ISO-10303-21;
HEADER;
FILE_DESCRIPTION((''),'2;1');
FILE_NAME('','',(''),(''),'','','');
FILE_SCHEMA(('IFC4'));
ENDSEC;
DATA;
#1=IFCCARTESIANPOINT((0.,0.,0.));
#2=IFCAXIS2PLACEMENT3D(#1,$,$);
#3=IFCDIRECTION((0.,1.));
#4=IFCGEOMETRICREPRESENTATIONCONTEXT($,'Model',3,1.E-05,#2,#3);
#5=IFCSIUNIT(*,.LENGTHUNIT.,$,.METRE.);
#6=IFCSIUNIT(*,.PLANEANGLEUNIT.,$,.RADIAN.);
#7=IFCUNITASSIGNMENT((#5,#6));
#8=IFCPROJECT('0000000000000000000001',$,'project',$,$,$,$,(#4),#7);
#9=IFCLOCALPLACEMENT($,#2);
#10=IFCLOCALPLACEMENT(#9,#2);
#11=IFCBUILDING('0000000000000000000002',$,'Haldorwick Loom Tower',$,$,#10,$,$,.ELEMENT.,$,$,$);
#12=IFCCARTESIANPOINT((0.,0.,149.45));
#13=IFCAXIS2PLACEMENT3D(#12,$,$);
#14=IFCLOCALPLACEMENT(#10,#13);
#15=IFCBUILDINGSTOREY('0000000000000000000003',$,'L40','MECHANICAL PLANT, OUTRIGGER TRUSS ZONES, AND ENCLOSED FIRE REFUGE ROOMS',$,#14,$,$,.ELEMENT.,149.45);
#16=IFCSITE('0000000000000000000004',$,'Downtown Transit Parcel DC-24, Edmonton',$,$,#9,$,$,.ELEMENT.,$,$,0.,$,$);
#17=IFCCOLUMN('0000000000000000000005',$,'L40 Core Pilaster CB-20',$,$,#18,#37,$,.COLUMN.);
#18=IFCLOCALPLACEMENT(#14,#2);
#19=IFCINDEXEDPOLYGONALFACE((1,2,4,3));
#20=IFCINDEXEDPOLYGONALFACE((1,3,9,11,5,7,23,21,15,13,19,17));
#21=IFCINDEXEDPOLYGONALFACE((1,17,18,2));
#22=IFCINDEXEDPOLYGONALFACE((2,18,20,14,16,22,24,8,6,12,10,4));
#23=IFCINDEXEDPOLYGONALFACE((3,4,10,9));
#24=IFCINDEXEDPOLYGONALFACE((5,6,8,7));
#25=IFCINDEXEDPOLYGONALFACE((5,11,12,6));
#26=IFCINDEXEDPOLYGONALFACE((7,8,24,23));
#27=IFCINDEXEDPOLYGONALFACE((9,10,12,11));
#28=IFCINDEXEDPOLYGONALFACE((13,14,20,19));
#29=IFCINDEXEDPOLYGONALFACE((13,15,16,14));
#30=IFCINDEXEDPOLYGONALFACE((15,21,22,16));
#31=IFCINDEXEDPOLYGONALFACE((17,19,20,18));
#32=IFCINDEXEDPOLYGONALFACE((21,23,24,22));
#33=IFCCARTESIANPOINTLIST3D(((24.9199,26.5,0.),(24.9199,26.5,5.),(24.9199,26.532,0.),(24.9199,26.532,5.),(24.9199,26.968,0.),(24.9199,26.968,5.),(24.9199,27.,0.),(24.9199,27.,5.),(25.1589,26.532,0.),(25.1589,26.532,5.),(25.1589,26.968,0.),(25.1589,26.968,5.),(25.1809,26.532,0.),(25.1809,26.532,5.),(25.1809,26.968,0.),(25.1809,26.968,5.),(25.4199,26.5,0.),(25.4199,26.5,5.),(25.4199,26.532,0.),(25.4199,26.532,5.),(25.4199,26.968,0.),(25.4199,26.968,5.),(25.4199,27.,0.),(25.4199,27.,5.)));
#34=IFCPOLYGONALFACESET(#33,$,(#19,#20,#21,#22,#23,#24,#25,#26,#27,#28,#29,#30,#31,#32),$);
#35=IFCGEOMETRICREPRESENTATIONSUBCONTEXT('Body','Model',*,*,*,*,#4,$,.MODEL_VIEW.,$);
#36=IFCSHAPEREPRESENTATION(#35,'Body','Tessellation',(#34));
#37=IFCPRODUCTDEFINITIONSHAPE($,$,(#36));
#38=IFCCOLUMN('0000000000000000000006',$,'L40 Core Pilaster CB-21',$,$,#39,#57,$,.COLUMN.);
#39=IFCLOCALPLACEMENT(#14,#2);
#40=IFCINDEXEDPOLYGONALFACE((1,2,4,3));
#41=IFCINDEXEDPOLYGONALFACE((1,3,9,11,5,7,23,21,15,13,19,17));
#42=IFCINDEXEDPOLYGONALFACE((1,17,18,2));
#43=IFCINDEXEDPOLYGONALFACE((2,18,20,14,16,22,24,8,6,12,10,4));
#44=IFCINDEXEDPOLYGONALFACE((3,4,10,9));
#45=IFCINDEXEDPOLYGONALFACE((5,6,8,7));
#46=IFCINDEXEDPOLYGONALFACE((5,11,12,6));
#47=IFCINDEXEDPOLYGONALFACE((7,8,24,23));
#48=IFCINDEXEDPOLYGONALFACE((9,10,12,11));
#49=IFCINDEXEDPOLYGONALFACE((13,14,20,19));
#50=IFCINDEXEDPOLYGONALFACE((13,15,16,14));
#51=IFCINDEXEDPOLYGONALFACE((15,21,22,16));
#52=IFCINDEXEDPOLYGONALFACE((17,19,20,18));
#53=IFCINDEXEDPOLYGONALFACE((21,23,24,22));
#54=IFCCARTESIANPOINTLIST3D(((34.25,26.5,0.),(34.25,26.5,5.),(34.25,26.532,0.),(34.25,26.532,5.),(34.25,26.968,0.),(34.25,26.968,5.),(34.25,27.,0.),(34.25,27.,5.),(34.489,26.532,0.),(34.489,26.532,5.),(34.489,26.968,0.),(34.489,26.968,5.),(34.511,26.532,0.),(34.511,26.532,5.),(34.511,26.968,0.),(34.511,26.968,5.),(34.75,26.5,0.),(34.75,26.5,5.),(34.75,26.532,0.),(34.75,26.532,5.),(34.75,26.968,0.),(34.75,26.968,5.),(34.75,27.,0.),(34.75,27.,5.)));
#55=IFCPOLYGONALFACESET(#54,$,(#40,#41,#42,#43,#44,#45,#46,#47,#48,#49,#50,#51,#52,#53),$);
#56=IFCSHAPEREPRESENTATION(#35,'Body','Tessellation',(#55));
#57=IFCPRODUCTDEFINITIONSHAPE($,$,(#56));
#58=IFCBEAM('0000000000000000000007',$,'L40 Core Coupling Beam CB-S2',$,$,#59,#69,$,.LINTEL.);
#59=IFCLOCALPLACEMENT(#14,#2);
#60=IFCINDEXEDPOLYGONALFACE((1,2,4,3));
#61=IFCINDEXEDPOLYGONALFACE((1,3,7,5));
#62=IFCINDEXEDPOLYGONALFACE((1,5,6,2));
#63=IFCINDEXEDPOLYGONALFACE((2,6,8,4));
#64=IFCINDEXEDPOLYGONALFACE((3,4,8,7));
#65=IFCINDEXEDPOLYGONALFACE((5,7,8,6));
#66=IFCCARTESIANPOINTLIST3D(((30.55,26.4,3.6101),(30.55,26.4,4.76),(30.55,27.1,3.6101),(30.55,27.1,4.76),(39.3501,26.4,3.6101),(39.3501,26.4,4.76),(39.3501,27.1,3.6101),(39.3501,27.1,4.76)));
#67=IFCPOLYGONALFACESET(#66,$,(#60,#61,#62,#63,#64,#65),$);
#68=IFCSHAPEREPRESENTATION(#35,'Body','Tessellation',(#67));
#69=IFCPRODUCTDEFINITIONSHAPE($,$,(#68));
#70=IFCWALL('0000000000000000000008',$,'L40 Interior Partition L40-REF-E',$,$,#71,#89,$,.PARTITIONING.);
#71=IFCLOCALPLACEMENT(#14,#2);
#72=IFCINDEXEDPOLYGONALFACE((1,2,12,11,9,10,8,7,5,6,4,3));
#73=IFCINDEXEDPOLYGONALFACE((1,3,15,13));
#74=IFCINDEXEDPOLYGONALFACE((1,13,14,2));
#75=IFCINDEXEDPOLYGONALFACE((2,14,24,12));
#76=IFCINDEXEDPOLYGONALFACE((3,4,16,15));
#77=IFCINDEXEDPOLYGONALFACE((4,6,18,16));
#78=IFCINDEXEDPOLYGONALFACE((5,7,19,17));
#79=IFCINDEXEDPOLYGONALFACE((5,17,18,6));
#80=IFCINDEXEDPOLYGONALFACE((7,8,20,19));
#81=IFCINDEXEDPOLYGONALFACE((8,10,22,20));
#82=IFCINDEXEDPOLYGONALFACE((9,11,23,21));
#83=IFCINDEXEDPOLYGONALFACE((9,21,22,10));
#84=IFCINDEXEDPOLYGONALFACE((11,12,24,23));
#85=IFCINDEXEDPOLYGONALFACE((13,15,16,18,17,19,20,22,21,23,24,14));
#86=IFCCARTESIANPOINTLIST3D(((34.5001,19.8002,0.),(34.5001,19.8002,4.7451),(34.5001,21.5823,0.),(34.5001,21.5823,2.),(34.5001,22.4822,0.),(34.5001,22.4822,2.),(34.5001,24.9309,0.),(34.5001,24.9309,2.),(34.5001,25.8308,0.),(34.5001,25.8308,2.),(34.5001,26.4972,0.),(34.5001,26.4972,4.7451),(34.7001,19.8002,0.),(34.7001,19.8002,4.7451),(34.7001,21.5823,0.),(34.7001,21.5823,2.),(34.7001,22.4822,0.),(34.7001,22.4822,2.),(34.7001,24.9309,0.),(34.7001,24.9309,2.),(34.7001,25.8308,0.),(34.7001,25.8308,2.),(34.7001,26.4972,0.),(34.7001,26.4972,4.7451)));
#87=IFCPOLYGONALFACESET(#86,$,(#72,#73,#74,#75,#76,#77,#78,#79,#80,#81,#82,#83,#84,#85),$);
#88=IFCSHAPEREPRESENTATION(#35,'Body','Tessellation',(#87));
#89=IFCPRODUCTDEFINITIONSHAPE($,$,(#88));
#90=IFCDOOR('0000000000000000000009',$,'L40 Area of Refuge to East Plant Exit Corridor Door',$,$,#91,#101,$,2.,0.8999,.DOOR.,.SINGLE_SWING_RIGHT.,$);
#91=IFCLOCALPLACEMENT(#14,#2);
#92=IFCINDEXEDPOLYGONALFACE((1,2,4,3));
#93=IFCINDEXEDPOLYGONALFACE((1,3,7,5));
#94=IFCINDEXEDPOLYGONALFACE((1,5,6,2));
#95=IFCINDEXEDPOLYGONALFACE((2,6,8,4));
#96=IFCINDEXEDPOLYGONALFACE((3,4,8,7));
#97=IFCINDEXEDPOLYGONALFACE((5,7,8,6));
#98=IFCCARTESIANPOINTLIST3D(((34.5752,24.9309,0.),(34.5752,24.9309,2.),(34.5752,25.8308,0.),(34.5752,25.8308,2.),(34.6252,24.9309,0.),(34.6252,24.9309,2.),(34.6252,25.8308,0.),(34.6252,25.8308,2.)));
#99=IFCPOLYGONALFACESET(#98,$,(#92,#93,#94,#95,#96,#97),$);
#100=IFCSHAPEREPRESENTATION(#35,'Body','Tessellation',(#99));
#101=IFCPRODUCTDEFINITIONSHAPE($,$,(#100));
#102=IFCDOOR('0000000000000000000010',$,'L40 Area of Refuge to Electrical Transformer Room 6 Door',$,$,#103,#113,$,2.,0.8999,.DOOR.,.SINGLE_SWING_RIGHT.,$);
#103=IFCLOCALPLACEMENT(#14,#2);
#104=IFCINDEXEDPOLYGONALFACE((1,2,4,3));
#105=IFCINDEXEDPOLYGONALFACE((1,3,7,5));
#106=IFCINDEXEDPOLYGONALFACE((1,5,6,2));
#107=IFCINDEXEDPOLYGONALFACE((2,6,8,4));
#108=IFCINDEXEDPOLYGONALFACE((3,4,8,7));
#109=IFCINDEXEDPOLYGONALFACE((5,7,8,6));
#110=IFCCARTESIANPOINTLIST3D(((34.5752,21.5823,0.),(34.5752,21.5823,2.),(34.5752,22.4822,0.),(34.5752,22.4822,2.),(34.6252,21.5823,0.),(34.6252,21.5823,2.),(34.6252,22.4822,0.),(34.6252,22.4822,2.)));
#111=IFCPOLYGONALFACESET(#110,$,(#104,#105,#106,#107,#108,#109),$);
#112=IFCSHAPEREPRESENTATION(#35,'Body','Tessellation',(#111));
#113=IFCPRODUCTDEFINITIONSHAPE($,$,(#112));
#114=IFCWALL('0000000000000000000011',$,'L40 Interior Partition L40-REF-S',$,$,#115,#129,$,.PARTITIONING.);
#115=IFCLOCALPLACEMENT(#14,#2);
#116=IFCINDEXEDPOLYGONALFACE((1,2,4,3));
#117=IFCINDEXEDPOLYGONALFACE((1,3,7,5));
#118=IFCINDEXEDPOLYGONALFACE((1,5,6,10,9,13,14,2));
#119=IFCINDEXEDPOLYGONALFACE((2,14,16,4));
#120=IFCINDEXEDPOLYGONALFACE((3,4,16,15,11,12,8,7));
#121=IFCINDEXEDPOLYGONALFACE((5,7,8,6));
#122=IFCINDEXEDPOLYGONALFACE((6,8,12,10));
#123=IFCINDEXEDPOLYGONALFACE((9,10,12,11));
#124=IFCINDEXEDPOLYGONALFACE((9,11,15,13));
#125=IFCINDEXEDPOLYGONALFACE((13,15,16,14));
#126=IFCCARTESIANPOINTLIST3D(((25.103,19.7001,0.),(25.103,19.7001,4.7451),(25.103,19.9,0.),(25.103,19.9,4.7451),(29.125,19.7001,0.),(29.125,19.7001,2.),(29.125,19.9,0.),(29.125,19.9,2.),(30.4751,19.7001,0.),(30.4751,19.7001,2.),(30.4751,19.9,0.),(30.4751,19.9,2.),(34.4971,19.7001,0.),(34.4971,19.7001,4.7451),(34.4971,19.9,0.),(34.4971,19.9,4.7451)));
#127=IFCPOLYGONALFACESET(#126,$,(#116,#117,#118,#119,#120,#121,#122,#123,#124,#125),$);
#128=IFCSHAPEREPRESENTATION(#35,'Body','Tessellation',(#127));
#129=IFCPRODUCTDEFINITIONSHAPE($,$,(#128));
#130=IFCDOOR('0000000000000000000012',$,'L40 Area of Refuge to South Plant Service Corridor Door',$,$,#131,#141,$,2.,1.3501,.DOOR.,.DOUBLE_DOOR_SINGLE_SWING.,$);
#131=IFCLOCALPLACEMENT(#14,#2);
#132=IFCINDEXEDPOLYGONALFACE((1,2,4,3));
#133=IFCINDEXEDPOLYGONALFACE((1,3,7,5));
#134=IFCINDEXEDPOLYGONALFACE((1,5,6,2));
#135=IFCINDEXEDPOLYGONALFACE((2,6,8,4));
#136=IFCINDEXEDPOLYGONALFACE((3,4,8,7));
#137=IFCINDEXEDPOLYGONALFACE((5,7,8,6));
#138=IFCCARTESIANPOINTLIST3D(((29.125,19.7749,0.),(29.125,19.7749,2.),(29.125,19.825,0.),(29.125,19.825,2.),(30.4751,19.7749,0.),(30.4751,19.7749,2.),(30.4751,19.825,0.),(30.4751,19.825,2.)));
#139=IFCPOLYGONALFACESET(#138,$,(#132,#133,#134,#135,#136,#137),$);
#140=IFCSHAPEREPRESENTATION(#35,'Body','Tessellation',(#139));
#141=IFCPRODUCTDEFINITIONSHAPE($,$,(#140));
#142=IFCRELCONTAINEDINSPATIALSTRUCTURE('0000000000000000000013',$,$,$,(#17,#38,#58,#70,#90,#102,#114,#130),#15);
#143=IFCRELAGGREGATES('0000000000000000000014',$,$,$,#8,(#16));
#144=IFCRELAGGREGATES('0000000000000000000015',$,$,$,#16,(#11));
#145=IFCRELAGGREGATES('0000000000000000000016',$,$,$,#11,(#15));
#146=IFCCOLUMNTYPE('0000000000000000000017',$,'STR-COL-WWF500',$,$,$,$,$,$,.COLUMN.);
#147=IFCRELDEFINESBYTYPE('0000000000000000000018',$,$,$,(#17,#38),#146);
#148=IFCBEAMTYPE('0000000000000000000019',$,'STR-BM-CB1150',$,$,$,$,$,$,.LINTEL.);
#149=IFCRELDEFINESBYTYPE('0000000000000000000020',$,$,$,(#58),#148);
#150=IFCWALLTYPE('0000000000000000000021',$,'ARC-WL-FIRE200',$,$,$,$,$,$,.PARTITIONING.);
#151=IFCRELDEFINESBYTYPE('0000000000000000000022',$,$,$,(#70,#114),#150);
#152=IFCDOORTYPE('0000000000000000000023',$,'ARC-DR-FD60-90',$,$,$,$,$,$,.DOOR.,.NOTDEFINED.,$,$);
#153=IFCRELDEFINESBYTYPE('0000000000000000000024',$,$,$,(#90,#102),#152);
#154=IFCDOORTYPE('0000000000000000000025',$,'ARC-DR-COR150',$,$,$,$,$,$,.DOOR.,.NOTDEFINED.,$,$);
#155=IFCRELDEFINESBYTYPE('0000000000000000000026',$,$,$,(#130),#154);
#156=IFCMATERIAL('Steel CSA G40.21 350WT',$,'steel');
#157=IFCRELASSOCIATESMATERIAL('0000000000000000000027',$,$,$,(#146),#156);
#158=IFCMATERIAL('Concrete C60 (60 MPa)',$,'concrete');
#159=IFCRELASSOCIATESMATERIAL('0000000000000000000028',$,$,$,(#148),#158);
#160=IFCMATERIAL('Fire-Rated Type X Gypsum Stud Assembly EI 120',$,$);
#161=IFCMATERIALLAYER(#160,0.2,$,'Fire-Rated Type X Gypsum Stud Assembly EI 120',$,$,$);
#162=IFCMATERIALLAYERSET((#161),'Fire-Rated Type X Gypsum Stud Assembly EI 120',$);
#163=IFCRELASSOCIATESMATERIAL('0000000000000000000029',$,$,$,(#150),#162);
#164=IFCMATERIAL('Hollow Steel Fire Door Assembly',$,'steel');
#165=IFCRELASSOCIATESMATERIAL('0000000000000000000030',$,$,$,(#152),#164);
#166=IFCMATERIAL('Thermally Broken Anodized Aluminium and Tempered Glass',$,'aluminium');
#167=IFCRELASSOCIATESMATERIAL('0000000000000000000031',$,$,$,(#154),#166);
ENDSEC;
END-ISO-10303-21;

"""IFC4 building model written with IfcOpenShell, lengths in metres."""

from ifc_helpers import new_model, si_unit, direction, frame, frame_2d, origin, origin_2d, place, context, subcontext, project, spatial, rectangle, i_section, extrude, material, layer, layer_set, material_profile, profile_set, type_object, element, fill, save


model = new_model("IFC4")

# Units and contexts
model_context = context("Model", 3, precision=1e-05, world=origin(), true_north=direction((0.0, 1.0)))
body_context = subcontext(model_context, "Body", "Model", "MODEL_VIEW")
ifc_project = project(units=[si_unit("LENGTHUNIT", "METRE"), si_unit("PLANEANGLEUNIT", "RADIAN")], contexts=[model_context])

# Site, building, storey
site_placement = place(None, origin())
site = spatial("IfcSite", under=ifc_project, at=site_placement, Name="Downtown Transit Parcel DC-24, Edmonton", CompositionType="ELEMENT", RefElevation=0.0)
building_placement = place(site_placement, origin())
building = spatial("IfcBuilding", under=site, at=building_placement, Name="Haldorwick Loom Tower", CompositionType="ELEMENT")
storey_placement = place(building_placement, frame((0.0, 0.0, 149.45)))
storey = spatial("IfcBuildingStorey", under=building, at=storey_placement, Name="L40", Description="MECHANICAL PLANT, OUTRIGGER TRUSS ZONES, AND ENCLOSED FIRE REFUGE ROOMS", CompositionType="ELEMENT", Elevation=149.45)

# Columns
ifc_material_1 = material(Name="Steel CSA G40.21 350WT", Category="steel")
ifc_material_profile_1 = material_profile(ifc_material_1, i_section(OverallWidth=0.5, OverallDepth=0.5, WebThickness=0.022, FlangeThickness=0.032, at=origin_2d()), Name="WWF500X500", Category="steel")
ifc_profile_set_1 = profile_set([ifc_material_profile_1], Name="Steel CSA G40.21 350WT")
column_type = type_object("IfcColumnType", Name="STR-COL-WWF500", PredefinedType="COLUMN", material=ifc_profile_set_1)
for number, where, z_axis, x_axis, name in (
    (1, (25.1699, 26.75, 0.0), (0.0, 0.0, 1.0), (1.0, 0.0, 0.0), "L40 Core Pilaster CB-20"),
    (2, (34.5, 26.75, 0.0), (0.0, 0.0, 1.0), (1.0, 0.0, 0.0), "L40 Core Pilaster CB-21"),
):
    element("IfcColumn", number, at=place(storey_placement, frame(where, z_axis=z_axis, x_axis=x_axis)), inside=storey, type_object=column_type, Name=name, PredefinedType="COLUMN", context=body_context, shape_type="SweptSolid", body=[
        extrude(i_section(OverallWidth=0.5, OverallDepth=0.5, WebThickness=0.022, FlangeThickness=0.032, at=origin_2d()), origin(), (0.0, 0.0, 1.0), 5.0),
    ])

# Beam
ifc_material_2 = material(Name="Concrete C60 (60 MPa)", Category="concrete")
ifc_material_profile_2 = material_profile(ifc_material_2, rectangle(XDim=0.7, YDim=1.1499, at=origin_2d()), Name="RC700X1150", Category="concrete")
ifc_profile_set_2 = profile_set([ifc_material_profile_2], Name="Concrete C60 (60 MPa)")
beam_type = type_object("IfcBeamType", Name="STR-BM-CB1150", PredefinedType="LINTEL", material=ifc_profile_set_2)
beam_placement = place(storey_placement, frame((30.55, 26.75, 4.1851), z_axis=(1.0, 0.0, 0.0), x_axis=(0.0, 1.0, 0.0)))
element("IfcBeam", 3, at=beam_placement, inside=storey, type_object=beam_type, Name="L40 Core Coupling Beam CB-S2", PredefinedType="LINTEL", context=body_context, shape_type="SweptSolid", body=[
    extrude(rectangle(XDim=0.7, YDim=1.1499, at=origin_2d()), origin(), (0.0, 0.0, 1.0), 8.8),
])

# Wall, openings, doors
ifc_material_3 = material(Name="Fire-Rated Type X Gypsum Stud Assembly EI 120")
ifc_layer_1 = layer(ifc_material_3, 0.2, Name="Fire-Rated Type X Gypsum Stud Assembly EI 120")
ifc_layer_set_1 = layer_set([ifc_layer_1], Name="Fire-Rated Type X Gypsum Stud Assembly EI 120")
wall_type_1 = type_object("IfcWallType", Name="ARC-WL-FIRE200", PredefinedType="PARTITIONING", material=ifc_layer_set_1)
wall_1_placement = place(storey_placement, frame((34.6001, 19.8, 0.0), z_axis=(0.0, 0.0, 1.0), x_axis=(0.0, 1.0, 0.0)))
wall_1 = element("IfcWall", 4, at=wall_1_placement, inside=storey, type_object=wall_type_1, Name="L40 Interior Partition L40-REF-E", PredefinedType="PARTITIONING", context=body_context, shape_type="SweptSolid", body=[
    extrude(rectangle(XDim=6.697, YDim=0.2, at=frame_2d((3.3486, 0.0))), origin(), (0.0, 0.0, 1.0), 4.7451),
])
opening_1_placement = place(wall_1_placement, frame((5.1309, 0.0, 0.0)))
opening_1 = element("IfcOpeningElement", 5, at=opening_1_placement, cuts=wall_1, PredefinedType="OPENING", context=body_context, shape_type="SweptSolid", body=[
    extrude(rectangle(XDim=0.8999, YDim=2.0, at=frame_2d((0.45, 1.0))), frame((0.0, 0.1099, 0.0), z_axis=(0.0, -1.0, 0.0), x_axis=(1.0, 0.0, 0.0)), (0.0, 0.0, 1.0), 0.22),
])
opening_2_placement = place(wall_1_placement, frame((1.7822, 0.0, 0.0)))
opening_2 = element("IfcOpeningElement", 6, at=opening_2_placement, cuts=wall_1, PredefinedType="OPENING", context=body_context, shape_type="SweptSolid", body=[
    extrude(rectangle(XDim=0.8999, YDim=2.0, at=frame_2d((0.45, 1.0))), frame((0.0, 0.1099, 0.0), z_axis=(0.0, -1.0, 0.0), x_axis=(1.0, 0.0, 0.0)), (0.0, 0.0, 1.0), 0.22),
])
ifc_material_4 = material(Name="Hollow Steel Fire Door Assembly", Category="steel")
door_type_1 = type_object("IfcDoorType", Name="ARC-DR-FD60-90", OperationType="NOTDEFINED", PredefinedType="DOOR", material=ifc_material_4)
door_1_placement = place(opening_1_placement, origin())
door_1 = element("IfcDoor", 7, at=door_1_placement, inside=storey, type_object=door_type_1, Name="L40 Area of Refuge to East Plant Exit Corridor Door", OperationType="SINGLE_SWING_RIGHT", OverallHeight=2.0, OverallWidth=0.8999, PredefinedType="DOOR", context=body_context, shape_type="SweptSolid", body=[
    extrude(rectangle(XDim=0.8999, YDim=2.0, at=frame_2d((0.45, 1.0))), frame((0.0, 0.0249, 0.0), z_axis=(0.0, -1.0, 0.0), x_axis=(1.0, 0.0, 0.0)), (0.0, 0.0, 1.0), 0.05),
])
fill(opening_1, door_1)
door_2_placement = place(opening_2_placement, origin())
door_2 = element("IfcDoor", 8, at=door_2_placement, inside=storey, type_object=door_type_1, Name="L40 Area of Refuge to Electrical Transformer Room 6 Door", OperationType="SINGLE_SWING_RIGHT", OverallHeight=2.0, OverallWidth=0.8999, PredefinedType="DOOR", context=body_context, shape_type="SweptSolid", body=[
    extrude(rectangle(XDim=0.8999, YDim=2.0, at=frame_2d((0.45, 1.0))), frame((0.0, 0.0249, 0.0), z_axis=(0.0, -1.0, 0.0), x_axis=(1.0, 0.0, 0.0)), (0.0, 0.0, 1.0), 0.05),
])
fill(opening_2, door_2)

# Wall, opening, door
wall_2_placement = place(storey_placement, frame((25.103, 19.8, 0.0), z_axis=(0.0, 0.0, 1.0), x_axis=(1.0, 0.0, 0.0)))
wall_2 = element("IfcWall", 9, at=wall_2_placement, inside=storey, type_object=wall_type_1, Name="L40 Interior Partition L40-REF-S", PredefinedType="PARTITIONING", context=body_context, shape_type="SweptSolid", body=[
    extrude(rectangle(XDim=9.394, YDim=0.2, at=frame_2d((4.697, 0.0))), origin(), (0.0, 0.0, 1.0), 4.7451),
])
opening_3_placement = place(wall_2_placement, frame((4.022, 0.0, 0.0)))
opening_3 = element("IfcOpeningElement", 10, at=opening_3_placement, cuts=wall_2, PredefinedType="OPENING", context=body_context, shape_type="SweptSolid", body=[
    extrude(rectangle(XDim=1.3501, YDim=2.0, at=frame_2d((0.675, 1.0))), frame((0.0, 0.1099, 0.0), z_axis=(0.0, -1.0, 0.0), x_axis=(1.0, 0.0, 0.0)), (0.0, 0.0, 1.0), 0.22),
])
ifc_material_5 = material(Name="Thermally Broken Anodized Aluminium and Tempered Glass", Category="aluminium")
door_type_2 = type_object("IfcDoorType", Name="ARC-DR-COR150", OperationType="NOTDEFINED", PredefinedType="DOOR", material=ifc_material_5)
door_3_placement = place(opening_3_placement, origin())
door_3 = element("IfcDoor", 11, at=door_3_placement, inside=storey, type_object=door_type_2, Name="L40 Area of Refuge to South Plant Service Corridor Door", OperationType="DOUBLE_DOOR_SINGLE_SWING", OverallHeight=2.0, OverallWidth=1.3501, PredefinedType="DOOR", context=body_context, shape_type="SweptSolid", body=[
    extrude(rectangle(XDim=1.3501, YDim=2.0, at=frame_2d((0.675, 1.0))), frame((0.0, 0.0249, 0.0), z_axis=(0.0, -1.0, 0.0), x_axis=(1.0, 0.0, 0.0)), (0.0, 0.0, 1.0), 0.05),
])
fill(opening_3, door_3)

save(model, "model.ifc")
